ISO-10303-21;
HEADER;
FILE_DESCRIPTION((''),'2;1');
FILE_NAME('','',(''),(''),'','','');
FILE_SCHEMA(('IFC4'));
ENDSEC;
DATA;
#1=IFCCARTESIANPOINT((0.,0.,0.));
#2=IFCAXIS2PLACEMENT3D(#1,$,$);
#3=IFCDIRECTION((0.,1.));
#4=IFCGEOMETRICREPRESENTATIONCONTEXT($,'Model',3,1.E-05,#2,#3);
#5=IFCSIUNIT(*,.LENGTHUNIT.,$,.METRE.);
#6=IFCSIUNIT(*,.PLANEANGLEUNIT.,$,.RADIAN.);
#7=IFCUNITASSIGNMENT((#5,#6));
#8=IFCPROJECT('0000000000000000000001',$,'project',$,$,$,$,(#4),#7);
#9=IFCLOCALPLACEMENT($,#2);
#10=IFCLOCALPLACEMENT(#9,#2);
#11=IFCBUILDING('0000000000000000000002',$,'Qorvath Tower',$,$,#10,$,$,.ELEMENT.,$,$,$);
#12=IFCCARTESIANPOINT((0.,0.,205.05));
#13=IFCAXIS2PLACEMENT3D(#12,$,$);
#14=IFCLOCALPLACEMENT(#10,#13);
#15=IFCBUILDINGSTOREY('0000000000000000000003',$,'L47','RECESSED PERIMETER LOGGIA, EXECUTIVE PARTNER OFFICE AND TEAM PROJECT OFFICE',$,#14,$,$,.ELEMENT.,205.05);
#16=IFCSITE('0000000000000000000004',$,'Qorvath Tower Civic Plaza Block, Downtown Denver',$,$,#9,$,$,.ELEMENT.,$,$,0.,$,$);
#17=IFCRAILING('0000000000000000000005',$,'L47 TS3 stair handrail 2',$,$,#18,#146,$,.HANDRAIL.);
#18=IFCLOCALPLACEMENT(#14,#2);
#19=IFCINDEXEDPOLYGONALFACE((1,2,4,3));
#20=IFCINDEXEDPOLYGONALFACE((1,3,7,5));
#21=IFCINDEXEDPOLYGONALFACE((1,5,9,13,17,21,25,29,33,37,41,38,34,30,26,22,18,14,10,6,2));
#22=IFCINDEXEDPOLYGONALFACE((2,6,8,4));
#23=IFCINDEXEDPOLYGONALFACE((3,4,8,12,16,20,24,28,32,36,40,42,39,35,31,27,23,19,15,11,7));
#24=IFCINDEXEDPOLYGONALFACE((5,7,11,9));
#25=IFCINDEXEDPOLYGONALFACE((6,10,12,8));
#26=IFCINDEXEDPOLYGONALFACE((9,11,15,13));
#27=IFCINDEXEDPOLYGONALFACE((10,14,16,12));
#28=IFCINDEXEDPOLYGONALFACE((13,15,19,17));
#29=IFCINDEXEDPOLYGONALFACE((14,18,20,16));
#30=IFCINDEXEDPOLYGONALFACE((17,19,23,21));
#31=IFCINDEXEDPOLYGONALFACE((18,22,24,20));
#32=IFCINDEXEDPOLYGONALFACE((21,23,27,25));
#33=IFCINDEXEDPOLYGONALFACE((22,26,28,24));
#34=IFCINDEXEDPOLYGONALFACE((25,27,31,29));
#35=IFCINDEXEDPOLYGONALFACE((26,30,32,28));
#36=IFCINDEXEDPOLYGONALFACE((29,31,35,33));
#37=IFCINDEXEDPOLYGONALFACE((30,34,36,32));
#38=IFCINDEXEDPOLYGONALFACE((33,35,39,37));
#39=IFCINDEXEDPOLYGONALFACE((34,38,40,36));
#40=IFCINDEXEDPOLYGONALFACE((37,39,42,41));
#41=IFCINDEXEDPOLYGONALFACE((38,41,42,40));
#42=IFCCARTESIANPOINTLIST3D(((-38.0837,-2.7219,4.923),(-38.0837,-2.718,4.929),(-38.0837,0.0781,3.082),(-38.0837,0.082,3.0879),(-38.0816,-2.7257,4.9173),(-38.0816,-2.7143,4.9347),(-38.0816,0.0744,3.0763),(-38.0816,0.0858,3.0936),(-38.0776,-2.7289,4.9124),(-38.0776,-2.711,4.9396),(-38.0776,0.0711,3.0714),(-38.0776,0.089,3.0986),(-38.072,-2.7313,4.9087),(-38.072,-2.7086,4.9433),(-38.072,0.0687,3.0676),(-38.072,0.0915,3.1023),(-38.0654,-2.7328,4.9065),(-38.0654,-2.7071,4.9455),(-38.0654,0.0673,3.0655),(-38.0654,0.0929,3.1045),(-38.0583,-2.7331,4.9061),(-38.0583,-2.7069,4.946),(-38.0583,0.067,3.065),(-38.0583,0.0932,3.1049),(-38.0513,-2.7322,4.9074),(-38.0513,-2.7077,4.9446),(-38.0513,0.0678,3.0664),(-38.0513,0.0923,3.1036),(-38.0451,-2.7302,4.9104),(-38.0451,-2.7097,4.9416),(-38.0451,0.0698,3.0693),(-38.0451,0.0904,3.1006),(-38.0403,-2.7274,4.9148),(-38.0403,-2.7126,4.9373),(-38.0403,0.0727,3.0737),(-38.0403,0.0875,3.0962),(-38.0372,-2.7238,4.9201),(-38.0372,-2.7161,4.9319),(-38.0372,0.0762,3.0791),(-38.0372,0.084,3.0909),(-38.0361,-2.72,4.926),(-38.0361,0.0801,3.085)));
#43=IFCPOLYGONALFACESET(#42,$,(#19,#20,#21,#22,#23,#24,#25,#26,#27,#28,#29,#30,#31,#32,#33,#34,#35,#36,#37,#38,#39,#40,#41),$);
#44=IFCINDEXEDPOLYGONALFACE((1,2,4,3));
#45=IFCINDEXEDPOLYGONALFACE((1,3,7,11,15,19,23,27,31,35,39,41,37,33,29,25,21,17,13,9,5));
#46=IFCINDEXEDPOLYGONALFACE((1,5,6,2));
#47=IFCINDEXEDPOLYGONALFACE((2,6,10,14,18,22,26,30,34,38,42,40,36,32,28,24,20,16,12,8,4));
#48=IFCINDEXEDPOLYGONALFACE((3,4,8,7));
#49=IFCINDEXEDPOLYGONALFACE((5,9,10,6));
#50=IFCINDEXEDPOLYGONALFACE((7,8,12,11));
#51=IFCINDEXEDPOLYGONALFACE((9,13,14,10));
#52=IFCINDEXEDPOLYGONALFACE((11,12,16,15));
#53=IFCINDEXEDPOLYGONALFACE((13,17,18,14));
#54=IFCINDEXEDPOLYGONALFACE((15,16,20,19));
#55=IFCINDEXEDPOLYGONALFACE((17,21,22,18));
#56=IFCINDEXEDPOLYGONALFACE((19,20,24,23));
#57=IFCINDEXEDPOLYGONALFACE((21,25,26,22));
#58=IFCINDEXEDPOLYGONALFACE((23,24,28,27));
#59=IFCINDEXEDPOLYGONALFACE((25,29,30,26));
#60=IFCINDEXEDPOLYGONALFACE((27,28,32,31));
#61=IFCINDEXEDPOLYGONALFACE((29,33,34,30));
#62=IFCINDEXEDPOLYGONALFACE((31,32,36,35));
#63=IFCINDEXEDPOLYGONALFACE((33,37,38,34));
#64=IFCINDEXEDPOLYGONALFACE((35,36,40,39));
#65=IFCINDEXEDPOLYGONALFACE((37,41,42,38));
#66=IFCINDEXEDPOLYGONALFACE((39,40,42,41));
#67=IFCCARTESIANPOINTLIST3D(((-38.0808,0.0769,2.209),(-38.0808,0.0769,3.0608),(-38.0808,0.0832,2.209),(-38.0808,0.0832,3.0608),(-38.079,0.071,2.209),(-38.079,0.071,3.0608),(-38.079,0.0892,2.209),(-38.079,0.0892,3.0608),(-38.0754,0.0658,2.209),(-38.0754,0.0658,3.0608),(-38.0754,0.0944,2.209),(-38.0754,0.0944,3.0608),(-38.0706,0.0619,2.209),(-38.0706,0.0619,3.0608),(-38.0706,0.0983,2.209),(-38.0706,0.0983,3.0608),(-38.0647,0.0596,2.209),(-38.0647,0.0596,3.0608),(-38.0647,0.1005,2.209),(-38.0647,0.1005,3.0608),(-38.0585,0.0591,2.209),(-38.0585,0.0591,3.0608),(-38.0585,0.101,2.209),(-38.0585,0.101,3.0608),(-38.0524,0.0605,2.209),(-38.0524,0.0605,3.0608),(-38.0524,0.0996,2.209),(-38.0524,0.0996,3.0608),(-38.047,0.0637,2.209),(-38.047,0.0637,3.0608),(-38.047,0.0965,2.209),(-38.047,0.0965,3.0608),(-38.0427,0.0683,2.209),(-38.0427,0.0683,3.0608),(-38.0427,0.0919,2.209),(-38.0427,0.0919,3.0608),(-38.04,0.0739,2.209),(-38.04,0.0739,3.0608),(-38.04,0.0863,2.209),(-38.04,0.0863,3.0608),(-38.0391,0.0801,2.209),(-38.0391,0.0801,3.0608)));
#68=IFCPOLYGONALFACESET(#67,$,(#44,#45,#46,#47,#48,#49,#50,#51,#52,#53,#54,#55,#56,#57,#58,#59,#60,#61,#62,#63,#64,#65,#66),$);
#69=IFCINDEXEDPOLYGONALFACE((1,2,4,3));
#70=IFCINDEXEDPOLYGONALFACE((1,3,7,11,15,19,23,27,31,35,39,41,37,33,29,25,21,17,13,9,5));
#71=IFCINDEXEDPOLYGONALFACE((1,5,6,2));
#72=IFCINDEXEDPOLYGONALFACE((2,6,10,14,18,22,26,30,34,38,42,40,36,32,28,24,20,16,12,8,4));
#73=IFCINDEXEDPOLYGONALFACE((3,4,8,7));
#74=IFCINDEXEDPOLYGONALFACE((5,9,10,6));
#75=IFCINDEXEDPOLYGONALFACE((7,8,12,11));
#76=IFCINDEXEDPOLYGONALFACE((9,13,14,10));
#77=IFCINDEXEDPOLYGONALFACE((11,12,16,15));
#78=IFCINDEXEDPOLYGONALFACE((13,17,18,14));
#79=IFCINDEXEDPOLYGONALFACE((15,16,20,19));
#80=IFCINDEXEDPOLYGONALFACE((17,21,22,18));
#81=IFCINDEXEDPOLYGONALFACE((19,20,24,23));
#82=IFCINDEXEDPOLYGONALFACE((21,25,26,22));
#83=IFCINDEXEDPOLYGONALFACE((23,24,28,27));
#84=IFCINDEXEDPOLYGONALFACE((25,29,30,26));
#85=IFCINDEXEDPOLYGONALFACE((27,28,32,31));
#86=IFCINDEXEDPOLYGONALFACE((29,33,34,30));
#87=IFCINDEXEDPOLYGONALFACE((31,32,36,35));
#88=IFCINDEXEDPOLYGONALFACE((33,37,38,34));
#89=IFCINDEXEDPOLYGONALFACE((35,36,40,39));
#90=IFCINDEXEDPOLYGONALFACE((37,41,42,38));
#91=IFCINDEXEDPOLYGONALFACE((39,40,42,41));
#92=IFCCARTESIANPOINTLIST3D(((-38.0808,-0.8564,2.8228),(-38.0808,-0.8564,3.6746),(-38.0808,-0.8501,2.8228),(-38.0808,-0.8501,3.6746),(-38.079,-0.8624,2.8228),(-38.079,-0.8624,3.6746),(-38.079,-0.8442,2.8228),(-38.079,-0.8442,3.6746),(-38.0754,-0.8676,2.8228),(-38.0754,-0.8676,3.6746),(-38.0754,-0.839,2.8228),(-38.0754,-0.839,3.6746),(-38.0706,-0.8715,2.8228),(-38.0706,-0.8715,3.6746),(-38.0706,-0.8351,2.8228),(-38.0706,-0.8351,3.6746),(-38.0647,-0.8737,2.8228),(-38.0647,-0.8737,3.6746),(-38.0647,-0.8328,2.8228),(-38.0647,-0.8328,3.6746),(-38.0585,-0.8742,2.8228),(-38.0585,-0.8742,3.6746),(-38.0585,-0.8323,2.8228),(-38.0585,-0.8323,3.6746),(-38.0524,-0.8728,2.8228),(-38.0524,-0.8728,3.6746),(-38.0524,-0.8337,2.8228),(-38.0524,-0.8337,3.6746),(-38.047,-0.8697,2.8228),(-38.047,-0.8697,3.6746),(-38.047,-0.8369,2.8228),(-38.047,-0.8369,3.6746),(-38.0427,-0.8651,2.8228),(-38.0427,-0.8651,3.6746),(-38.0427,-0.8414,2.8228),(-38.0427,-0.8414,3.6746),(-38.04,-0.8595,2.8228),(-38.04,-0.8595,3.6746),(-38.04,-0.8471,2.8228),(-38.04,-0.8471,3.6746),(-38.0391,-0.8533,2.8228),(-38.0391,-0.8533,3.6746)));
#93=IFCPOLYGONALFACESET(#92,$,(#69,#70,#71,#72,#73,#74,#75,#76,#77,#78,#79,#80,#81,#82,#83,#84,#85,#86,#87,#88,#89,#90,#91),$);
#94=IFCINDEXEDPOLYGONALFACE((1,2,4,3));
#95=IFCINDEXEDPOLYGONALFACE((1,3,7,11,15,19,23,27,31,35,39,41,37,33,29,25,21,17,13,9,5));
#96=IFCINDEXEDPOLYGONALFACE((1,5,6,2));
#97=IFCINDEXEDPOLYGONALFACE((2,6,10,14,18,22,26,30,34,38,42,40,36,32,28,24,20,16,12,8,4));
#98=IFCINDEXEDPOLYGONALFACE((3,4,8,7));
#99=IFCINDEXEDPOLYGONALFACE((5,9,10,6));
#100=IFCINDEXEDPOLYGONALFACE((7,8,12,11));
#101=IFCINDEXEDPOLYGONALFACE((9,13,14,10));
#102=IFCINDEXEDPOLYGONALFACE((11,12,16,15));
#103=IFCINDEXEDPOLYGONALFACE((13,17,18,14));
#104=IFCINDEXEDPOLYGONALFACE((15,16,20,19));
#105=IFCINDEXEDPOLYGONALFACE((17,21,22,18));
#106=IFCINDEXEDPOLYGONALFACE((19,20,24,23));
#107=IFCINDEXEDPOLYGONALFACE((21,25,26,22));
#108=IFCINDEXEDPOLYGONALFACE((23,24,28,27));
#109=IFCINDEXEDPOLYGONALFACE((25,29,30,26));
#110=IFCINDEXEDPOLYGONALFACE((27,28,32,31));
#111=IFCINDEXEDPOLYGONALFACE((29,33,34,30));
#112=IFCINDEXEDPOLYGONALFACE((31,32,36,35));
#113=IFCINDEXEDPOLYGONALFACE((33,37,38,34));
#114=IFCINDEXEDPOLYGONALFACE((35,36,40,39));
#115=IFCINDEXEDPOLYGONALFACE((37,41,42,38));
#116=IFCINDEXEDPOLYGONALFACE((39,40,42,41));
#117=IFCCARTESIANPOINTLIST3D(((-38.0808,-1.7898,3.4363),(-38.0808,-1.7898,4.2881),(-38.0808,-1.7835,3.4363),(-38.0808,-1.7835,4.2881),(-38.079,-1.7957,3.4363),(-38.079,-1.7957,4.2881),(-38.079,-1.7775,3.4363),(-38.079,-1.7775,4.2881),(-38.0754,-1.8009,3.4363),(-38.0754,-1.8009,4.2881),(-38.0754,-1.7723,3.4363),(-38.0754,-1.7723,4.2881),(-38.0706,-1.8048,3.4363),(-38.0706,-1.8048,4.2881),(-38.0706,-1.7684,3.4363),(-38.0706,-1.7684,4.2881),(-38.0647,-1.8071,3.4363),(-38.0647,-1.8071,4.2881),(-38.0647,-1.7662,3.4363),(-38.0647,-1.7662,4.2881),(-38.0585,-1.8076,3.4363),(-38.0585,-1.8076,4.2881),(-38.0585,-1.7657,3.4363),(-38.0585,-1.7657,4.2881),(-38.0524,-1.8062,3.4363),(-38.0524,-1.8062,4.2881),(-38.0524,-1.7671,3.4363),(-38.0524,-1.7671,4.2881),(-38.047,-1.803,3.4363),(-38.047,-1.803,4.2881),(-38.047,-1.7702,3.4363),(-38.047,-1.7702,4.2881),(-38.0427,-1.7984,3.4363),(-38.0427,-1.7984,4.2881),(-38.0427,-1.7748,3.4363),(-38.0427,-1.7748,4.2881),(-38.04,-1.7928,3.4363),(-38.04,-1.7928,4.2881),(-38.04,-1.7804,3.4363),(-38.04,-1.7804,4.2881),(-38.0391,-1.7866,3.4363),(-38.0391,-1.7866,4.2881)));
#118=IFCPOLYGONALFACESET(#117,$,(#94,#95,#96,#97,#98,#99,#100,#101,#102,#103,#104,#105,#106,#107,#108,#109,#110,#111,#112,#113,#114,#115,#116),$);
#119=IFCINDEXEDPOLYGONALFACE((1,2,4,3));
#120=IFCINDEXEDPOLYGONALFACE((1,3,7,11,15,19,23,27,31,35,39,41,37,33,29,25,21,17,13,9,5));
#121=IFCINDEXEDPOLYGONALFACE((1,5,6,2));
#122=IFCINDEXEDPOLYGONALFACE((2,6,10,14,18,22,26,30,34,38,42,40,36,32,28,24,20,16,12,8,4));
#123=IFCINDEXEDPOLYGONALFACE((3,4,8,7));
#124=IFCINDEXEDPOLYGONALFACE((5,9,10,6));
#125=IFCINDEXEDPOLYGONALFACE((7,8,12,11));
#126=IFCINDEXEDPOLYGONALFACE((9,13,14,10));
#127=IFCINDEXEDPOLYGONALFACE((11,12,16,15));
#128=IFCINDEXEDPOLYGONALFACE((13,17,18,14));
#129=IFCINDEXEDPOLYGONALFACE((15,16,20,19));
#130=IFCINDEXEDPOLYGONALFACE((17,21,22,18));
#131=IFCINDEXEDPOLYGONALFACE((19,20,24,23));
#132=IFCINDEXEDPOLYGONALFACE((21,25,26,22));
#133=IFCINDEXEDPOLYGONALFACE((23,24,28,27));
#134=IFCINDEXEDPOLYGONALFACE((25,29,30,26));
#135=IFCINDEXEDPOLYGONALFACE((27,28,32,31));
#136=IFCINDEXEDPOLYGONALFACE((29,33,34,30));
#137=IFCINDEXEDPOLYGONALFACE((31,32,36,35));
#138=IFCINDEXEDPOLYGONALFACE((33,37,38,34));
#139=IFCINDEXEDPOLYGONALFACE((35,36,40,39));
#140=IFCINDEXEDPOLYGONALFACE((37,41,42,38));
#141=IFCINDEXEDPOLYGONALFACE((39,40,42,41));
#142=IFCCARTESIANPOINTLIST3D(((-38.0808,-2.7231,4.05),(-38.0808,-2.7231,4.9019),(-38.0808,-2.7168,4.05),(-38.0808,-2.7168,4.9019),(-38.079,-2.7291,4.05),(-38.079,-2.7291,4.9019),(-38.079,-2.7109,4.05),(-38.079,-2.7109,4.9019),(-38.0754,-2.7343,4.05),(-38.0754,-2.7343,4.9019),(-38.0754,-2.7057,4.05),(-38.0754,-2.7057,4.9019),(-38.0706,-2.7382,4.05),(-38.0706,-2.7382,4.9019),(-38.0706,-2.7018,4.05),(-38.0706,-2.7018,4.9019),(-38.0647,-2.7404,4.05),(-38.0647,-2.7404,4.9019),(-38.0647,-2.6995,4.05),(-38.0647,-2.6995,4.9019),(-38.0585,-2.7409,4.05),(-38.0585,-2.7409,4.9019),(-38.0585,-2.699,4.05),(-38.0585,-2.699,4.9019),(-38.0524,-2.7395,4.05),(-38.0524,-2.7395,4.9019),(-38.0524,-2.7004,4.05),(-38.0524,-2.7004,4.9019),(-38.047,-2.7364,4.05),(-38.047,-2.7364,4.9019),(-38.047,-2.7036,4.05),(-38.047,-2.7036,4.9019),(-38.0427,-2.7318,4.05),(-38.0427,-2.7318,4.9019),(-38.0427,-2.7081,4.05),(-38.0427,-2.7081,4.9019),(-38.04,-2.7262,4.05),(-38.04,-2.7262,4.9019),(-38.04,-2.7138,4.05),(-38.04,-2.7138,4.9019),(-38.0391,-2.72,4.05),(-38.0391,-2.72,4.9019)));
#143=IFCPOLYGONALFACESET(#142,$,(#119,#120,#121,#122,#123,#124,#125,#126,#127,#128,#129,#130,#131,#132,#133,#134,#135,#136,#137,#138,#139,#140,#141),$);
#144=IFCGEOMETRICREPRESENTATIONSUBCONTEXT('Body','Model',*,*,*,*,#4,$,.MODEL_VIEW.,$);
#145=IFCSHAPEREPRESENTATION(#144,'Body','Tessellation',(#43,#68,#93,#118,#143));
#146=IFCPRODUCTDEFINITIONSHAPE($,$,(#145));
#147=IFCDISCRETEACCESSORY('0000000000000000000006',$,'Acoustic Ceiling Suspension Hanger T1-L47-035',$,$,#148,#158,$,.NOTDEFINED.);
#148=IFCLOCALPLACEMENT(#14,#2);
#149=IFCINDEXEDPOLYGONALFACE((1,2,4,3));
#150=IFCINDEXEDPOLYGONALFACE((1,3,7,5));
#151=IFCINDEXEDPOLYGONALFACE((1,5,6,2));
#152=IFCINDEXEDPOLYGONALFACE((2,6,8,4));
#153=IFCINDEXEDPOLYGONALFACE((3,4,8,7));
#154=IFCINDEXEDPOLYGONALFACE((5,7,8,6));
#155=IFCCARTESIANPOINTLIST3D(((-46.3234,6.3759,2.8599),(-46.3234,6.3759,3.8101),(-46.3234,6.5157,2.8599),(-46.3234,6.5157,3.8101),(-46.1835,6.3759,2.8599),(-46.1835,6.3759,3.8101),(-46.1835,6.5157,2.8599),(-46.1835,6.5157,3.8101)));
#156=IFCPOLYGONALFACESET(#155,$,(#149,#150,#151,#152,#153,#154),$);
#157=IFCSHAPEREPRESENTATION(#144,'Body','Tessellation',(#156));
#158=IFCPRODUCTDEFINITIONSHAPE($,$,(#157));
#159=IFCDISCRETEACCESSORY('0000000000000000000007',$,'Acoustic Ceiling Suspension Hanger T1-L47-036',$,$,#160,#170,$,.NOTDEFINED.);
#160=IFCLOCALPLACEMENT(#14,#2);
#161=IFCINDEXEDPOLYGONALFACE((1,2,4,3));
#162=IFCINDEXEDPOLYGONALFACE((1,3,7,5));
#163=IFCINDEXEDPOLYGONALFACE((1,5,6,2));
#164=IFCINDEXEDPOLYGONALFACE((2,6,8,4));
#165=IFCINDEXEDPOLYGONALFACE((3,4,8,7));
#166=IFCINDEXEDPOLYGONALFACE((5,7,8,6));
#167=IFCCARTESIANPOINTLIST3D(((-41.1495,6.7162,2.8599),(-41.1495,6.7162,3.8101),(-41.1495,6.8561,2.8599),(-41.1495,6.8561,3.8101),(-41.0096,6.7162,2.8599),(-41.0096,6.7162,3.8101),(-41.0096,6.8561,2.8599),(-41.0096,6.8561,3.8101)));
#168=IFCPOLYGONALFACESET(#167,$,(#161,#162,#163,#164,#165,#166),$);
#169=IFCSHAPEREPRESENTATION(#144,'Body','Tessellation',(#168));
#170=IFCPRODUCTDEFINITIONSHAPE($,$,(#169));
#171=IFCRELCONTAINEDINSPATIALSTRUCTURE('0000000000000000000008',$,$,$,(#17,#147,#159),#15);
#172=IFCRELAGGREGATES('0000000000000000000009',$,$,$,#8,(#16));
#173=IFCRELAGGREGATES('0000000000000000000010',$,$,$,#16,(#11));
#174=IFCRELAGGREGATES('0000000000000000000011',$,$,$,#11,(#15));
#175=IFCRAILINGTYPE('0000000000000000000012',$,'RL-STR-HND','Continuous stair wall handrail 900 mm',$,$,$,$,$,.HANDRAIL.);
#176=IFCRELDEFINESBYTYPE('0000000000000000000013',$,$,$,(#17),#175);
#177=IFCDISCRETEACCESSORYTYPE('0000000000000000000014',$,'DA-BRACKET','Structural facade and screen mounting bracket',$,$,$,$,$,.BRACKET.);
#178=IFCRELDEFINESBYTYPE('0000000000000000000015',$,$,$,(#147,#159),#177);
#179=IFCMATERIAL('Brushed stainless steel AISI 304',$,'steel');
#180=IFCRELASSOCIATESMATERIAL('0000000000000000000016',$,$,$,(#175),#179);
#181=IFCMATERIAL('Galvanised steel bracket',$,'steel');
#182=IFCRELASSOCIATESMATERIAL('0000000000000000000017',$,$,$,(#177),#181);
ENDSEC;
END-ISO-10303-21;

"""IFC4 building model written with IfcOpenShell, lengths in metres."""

from ifc_helpers import new_model, si_unit, direction, frame, origin, origin_2d, place, context, subcontext, project, spatial, rectangle, circle, extrude, material, type_object, element, save


model = new_model("IFC4")

# Units and contexts
model_context = context("Model", 3, precision=1e-05, world=origin(), true_north=direction((0.0, 1.0)))
body_context = subcontext(model_context, "Body", "Model", "MODEL_VIEW")
ifc_project = project(units=[si_unit("LENGTHUNIT", "METRE"), si_unit("PLANEANGLEUNIT", "RADIAN")], contexts=[model_context])

# Site, building, storey
site_placement = place(None, origin())
site = spatial("IfcSite", under=ifc_project, at=site_placement, Name="Qorvath Tower Civic Plaza Block, Downtown Denver", CompositionType="ELEMENT", RefElevation=0.0)
building_placement = place(site_placement, origin())
building = spatial("IfcBuilding", under=site, at=building_placement, Name="Qorvath Tower", CompositionType="ELEMENT")
storey_placement = place(building_placement, frame((0.0, 0.0, 205.05)))
storey = spatial("IfcBuildingStorey", under=building, at=storey_placement, Name="L47", Description="RECESSED PERIMETER LOGGIA, EXECUTIVE PARTNER OFFICE AND TEAM PROJECT OFFICE", CompositionType="ELEMENT", Elevation=205.05)

# Railing
ifc_material_1 = material(Name="Brushed stainless steel AISI 304", Category="steel")
railing_type = type_object("IfcRailingType", Name="RL-STR-HND", Description="Continuous stair wall handrail 900 mm", PredefinedType="HANDRAIL", material=ifc_material_1)
railing_placement = place(storey_placement, frame((-38.0601, 0.0801, 2.209)))
element("IfcRailing", 1, at=railing_placement, inside=storey, type_object=railing_type, Name="L47 TS3 stair handrail 2", PredefinedType="HANDRAIL", context=body_context, shape_type="SweptSolid", body=[
    extrude(circle(Radius=0.0239, at=origin_2d()), frame((0.0, 0.0, 0.876), z_axis=(0.0, -0.835564, 0.549393), x_axis=(1.0, 0.0, 0.0)), (0.0, 0.0, 1.0), 3.3511),
    extrude(circle(Radius=0.021, at=origin_2d()), origin(), (0.0, 0.0, 1.0), 0.8518),
    extrude(circle(Radius=0.021, at=origin_2d()), frame((0.0, -0.9333, 0.6138)), (0.0, 0.0, 1.0), 0.8518),
    extrude(circle(Radius=0.021, at=origin_2d()), frame((0.0, -1.8667, 1.2273)), (0.0, 0.0, 1.0), 0.8518),
    extrude(circle(Radius=0.021, at=origin_2d()), frame((0.0, -2.8, 1.8411)), (0.0, 0.0, 1.0), 0.8518),
])

# Discrete accessories
ifc_material_2 = material(Name="Galvanised steel bracket", Category="steel")
discrete_accessory_type = type_object("IfcDiscreteAccessoryType", Name="DA-BRACKET", Description="Structural facade and screen mounting bracket", PredefinedType="BRACKET", material=ifc_material_2)
for number, where, z_axis, x_axis, name in (
    (2, (-46.2534, 6.4458, 2.8599), (0.0, 0.0, 1.0), (1.0, 0.0, 0.0), "Acoustic Ceiling Suspension Hanger T1-L47-035"),
    (3, (-41.0796, 6.7861, 2.8599), (0.0, 0.0, 1.0), (1.0, 0.0, 0.0), "Acoustic Ceiling Suspension Hanger T1-L47-036"),
):
    element("IfcDiscreteAccessory", number, at=place(storey_placement, frame(where, z_axis=z_axis, x_axis=x_axis)), inside=storey, type_object=discrete_accessory_type, Name=name, PredefinedType="NOTDEFINED", context=body_context, shape_type="SweptSolid", body=[
        extrude(rectangle(XDim=0.1399, YDim=0.1399, at=origin_2d()), origin(), (0.0, 0.0, 1.0), 0.9502),
    ])

save(model, "model.ifc")
